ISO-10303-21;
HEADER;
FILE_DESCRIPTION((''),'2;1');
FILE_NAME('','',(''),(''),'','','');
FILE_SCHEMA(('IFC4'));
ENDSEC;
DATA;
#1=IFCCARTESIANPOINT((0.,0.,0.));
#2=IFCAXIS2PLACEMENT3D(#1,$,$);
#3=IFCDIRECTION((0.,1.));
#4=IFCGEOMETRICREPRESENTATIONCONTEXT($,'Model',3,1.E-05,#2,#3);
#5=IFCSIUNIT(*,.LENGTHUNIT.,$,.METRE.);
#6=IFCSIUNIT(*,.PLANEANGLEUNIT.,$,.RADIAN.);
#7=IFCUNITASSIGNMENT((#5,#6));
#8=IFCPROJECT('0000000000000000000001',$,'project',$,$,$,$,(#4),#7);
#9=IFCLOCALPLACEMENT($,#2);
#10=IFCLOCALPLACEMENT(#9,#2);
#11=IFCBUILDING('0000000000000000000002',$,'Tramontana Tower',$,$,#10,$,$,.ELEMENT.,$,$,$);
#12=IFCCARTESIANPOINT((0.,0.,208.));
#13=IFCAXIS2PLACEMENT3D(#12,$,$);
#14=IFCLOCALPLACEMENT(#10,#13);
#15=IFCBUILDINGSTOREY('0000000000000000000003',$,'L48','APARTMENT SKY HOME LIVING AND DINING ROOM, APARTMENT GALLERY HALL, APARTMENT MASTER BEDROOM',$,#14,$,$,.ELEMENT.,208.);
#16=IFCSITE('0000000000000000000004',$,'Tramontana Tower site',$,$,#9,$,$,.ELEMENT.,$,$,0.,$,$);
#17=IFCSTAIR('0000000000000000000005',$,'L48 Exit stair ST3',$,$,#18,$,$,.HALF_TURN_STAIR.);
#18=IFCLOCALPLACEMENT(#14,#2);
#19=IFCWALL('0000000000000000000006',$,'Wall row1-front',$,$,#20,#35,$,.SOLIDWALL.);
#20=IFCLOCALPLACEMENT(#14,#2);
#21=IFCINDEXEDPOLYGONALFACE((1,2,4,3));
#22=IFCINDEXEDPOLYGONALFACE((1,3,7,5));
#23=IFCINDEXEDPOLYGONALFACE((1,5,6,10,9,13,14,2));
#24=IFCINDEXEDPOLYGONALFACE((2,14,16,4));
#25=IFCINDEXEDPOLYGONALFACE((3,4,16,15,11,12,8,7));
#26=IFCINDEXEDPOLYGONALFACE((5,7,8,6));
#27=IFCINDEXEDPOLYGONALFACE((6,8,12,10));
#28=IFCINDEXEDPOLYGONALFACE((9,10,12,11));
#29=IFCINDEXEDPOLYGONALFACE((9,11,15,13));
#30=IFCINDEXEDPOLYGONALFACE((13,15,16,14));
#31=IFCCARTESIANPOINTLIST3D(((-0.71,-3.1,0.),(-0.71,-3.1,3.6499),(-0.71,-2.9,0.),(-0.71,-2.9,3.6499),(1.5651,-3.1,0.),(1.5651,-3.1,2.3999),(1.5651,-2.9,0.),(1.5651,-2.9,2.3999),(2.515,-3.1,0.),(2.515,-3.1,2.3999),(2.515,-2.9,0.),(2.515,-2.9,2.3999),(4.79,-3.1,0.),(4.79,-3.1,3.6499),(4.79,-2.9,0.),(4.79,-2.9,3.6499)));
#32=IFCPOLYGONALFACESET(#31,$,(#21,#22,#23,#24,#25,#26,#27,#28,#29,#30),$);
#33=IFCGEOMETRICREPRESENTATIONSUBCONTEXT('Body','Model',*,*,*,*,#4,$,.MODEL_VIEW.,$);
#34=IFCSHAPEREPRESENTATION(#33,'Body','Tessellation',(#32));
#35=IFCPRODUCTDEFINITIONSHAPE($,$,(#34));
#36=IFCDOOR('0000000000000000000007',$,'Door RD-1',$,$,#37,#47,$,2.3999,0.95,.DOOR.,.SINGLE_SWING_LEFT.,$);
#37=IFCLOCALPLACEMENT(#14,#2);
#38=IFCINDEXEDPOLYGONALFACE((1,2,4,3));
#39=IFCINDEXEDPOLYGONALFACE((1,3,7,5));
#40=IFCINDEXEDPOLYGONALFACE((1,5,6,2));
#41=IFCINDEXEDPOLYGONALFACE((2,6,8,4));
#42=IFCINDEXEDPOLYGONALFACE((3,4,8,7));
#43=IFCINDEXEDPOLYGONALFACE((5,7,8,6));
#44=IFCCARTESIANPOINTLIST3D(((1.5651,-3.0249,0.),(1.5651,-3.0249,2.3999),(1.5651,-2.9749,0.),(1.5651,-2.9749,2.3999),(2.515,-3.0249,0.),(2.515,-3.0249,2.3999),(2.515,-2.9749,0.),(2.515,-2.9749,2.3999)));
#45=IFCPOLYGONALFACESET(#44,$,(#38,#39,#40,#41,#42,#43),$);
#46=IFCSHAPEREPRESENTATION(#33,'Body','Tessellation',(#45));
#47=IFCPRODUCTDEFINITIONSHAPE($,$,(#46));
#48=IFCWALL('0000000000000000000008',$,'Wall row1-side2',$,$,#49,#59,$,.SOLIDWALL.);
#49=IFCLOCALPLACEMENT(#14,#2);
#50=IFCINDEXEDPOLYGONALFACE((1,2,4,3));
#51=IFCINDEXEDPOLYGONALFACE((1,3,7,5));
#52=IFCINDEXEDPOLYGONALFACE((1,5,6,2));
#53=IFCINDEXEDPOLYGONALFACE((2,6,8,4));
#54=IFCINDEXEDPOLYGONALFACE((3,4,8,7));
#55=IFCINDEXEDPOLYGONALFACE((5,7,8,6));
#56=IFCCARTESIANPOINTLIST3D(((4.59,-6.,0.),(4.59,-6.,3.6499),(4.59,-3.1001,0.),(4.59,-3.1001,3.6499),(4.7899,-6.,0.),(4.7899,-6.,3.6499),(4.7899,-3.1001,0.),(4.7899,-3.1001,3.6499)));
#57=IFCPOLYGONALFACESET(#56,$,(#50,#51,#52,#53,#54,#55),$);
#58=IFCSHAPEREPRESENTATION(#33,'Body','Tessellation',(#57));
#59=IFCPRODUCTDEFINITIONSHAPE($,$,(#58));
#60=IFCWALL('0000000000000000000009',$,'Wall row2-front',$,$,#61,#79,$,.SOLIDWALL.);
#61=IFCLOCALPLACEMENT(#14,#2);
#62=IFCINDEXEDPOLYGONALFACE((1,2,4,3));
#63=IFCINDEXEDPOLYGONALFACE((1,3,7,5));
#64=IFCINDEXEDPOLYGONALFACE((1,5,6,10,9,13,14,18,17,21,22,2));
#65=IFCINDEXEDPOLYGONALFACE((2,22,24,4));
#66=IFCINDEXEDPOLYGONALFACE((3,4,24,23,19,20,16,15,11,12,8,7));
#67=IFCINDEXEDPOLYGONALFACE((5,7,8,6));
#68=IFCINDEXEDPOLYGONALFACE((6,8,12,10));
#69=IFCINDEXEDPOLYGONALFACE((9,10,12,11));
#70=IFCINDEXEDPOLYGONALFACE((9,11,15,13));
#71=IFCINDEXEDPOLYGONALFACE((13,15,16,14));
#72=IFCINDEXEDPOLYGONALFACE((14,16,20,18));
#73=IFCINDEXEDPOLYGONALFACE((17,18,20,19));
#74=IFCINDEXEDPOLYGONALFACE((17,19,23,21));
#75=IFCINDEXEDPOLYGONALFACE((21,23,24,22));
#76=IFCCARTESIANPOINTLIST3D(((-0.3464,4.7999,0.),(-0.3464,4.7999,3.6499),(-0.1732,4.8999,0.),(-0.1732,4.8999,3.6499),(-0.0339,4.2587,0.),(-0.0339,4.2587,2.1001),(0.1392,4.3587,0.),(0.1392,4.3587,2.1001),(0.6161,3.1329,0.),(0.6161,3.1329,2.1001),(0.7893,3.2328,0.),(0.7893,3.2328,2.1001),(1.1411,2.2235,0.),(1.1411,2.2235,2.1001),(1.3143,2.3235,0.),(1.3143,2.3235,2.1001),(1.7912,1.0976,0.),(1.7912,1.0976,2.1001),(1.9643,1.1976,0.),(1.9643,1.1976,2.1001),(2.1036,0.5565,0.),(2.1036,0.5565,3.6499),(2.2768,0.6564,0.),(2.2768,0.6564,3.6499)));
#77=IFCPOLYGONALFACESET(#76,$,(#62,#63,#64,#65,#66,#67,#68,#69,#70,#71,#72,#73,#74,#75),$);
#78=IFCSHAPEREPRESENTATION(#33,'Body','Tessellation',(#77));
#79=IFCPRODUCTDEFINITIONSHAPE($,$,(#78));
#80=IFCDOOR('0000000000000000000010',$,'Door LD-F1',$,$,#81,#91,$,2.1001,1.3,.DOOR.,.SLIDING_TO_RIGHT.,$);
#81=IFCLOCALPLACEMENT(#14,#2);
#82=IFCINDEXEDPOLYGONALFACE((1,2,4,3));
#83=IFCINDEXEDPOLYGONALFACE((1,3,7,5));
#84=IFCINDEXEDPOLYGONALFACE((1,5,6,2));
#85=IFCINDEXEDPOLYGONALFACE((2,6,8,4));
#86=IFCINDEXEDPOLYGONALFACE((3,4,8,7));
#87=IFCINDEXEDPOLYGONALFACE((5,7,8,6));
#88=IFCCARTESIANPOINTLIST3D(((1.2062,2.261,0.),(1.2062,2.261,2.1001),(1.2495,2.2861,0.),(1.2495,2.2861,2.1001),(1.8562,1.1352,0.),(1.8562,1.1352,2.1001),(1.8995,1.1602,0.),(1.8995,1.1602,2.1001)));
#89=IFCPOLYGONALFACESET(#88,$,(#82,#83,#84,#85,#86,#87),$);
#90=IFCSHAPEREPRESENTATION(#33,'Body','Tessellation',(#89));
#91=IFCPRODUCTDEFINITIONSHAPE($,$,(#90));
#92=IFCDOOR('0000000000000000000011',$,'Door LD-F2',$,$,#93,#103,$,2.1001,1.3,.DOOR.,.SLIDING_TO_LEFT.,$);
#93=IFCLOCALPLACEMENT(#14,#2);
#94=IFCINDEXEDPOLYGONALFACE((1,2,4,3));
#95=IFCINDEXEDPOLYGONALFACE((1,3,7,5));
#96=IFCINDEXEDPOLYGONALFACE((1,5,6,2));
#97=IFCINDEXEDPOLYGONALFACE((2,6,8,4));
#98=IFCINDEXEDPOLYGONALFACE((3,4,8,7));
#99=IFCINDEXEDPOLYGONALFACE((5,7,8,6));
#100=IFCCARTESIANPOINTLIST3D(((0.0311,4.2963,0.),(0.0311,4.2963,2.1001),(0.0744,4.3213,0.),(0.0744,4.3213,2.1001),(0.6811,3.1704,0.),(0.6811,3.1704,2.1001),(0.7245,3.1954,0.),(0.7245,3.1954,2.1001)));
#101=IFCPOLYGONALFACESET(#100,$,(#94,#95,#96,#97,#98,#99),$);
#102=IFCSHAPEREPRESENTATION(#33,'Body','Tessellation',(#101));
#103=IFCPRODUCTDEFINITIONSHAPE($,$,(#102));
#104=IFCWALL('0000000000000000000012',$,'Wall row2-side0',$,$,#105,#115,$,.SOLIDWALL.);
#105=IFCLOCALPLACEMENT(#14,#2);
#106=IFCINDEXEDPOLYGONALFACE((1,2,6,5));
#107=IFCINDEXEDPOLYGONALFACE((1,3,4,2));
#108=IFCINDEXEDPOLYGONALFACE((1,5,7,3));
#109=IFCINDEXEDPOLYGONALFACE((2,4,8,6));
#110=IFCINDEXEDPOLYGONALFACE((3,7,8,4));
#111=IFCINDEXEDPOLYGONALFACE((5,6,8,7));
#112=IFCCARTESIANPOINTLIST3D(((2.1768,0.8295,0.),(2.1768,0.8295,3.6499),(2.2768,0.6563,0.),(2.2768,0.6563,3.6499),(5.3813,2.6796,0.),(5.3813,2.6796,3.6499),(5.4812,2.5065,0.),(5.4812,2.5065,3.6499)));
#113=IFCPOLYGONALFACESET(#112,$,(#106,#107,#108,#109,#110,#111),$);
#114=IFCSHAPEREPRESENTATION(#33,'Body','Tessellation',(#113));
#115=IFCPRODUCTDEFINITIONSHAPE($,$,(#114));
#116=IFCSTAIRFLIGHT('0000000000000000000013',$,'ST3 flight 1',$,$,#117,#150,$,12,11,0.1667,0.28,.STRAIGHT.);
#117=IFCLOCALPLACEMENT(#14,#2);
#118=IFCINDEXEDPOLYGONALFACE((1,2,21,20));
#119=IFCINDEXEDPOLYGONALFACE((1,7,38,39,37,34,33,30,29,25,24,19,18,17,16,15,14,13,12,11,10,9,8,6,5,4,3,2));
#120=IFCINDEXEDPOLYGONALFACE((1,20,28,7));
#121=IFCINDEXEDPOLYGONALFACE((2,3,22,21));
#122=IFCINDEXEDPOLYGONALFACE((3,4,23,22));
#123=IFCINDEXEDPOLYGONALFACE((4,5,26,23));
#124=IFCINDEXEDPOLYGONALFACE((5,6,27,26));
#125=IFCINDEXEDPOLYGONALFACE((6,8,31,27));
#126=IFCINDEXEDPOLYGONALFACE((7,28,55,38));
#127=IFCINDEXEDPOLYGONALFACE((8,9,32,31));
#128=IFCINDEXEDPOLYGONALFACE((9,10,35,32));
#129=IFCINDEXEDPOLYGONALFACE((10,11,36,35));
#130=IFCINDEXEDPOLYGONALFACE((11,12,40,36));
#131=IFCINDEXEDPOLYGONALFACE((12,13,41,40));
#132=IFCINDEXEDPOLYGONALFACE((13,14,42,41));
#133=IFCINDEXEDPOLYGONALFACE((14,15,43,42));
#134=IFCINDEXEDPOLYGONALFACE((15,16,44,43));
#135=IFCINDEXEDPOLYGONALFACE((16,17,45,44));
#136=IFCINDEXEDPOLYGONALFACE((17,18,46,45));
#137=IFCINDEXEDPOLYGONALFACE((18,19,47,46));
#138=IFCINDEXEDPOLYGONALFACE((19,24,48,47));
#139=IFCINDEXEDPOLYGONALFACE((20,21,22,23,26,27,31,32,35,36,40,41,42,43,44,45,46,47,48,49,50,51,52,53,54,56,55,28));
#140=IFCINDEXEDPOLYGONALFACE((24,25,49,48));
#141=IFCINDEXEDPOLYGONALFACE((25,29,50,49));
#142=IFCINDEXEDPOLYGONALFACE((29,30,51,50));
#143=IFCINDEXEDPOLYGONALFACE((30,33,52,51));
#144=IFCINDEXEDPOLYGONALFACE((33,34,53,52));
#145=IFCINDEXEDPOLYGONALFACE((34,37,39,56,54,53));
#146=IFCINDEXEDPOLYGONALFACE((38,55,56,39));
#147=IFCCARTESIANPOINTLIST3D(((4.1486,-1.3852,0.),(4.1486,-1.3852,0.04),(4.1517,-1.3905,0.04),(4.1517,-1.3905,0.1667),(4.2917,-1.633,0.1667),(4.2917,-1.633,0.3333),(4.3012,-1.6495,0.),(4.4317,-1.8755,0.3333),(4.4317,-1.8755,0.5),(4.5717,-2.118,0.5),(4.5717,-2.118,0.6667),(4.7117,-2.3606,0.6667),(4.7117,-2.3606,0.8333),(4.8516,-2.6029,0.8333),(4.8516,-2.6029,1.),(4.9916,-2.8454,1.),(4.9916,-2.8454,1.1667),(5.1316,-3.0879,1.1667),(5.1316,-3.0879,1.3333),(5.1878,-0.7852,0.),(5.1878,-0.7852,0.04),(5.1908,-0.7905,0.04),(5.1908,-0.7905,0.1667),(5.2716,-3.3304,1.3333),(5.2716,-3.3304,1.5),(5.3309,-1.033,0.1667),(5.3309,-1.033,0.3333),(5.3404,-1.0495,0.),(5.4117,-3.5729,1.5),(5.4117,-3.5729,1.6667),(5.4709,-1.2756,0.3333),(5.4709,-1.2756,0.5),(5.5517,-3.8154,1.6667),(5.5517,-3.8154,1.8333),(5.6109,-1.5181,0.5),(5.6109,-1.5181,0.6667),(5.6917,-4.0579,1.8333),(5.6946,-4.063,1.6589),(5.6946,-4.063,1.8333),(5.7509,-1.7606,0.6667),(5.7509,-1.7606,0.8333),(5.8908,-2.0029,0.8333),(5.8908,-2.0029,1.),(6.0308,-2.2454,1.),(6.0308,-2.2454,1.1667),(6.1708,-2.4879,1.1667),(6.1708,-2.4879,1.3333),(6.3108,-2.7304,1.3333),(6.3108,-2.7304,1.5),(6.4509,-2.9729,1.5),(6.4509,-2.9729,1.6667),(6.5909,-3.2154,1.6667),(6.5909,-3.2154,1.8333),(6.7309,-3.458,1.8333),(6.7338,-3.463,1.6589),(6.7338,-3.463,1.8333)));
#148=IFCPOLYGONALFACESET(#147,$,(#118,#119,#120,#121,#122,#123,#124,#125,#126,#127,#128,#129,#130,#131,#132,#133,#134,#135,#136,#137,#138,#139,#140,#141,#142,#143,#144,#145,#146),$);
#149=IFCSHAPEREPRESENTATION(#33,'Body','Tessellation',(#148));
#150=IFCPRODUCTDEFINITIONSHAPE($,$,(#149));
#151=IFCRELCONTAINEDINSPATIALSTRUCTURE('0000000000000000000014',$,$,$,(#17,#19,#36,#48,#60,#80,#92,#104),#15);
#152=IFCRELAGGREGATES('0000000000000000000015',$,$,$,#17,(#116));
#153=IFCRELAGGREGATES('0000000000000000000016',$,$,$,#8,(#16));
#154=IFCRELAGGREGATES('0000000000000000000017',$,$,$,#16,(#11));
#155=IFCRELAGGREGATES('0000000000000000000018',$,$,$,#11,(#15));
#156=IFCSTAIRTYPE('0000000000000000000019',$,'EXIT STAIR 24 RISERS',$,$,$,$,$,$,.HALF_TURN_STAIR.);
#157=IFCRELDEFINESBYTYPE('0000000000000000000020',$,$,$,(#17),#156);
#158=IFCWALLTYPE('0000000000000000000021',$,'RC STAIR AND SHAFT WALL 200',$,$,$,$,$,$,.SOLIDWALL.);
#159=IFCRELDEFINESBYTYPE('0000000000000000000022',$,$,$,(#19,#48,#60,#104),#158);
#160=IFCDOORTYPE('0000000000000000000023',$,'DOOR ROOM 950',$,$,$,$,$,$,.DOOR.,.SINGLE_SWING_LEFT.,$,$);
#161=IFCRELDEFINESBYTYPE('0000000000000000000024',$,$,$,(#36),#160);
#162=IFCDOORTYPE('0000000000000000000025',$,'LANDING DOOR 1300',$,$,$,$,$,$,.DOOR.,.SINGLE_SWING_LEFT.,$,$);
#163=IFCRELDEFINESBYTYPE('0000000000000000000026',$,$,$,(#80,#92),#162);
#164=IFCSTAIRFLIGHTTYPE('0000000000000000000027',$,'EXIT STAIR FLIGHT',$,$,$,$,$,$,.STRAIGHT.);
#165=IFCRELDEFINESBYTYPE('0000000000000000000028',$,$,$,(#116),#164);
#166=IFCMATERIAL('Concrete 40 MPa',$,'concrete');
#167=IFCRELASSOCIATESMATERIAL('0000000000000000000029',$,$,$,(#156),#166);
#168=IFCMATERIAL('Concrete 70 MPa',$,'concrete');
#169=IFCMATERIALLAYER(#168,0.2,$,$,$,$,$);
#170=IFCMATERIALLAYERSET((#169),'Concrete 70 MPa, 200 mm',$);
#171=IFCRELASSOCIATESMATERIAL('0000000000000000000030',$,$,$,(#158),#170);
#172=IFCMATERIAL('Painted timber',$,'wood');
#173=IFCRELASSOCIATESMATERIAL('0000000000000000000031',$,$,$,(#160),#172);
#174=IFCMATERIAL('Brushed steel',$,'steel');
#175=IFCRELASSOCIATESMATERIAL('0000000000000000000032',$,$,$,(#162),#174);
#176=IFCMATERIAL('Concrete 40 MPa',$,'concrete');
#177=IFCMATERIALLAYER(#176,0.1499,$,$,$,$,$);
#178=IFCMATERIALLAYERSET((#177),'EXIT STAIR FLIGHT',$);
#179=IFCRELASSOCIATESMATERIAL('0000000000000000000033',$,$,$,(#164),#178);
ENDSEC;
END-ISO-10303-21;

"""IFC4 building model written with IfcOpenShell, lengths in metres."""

from ifc_helpers import new_model, si_unit, direction, frame, frame_2d, origin, place, context, subcontext, project, spatial, polyline, rectangle, outline, extrude, material, layer, layer_set, type_object, element, fill, aggregate, save


model = new_model("IFC4")

# Units and contexts
model_context = context("Model", 3, precision=1e-05, world=origin(), true_north=direction((0.0, 1.0)))
body_context = subcontext(model_context, "Body", "Model", "MODEL_VIEW")
ifc_project = project(units=[si_unit("LENGTHUNIT", "METRE"), si_unit("PLANEANGLEUNIT", "RADIAN")], contexts=[model_context])

# Site, building, storey
site_placement = place(None, origin())
site = spatial("IfcSite", under=ifc_project, at=site_placement, Name="Tramontana Tower site", CompositionType="ELEMENT", RefElevation=0.0)
building_placement = place(site_placement, origin())
building = spatial("IfcBuilding", under=site, at=building_placement, Name="Tramontana Tower", CompositionType="ELEMENT")
storey_placement = place(building_placement, frame((0.0, 0.0, 208.0)))
storey = spatial("IfcBuildingStorey", under=building, at=storey_placement, Name="L48", Description="APARTMENT SKY HOME LIVING AND DINING ROOM, APARTMENT GALLERY HALL, APARTMENT MASTER BEDROOM", CompositionType="ELEMENT", Elevation=208.0)

# Stair
ifc_material_1 = material(Name="Concrete 40 MPa", Category="concrete")
stair_type = type_object("IfcStairType", Name="EXIT STAIR 24 RISERS", PredefinedType="HALF_TURN_STAIR", material=ifc_material_1)
stair_1_placement = place(storey_placement, origin())
stair_1 = element("IfcStair", 1, at=stair_1_placement, inside=storey, type_object=stair_type, Name="L48 Exit stair ST3", PredefinedType="HALF_TURN_STAIR")

# Shared definitions
ifc_material_2 = material(Name="Concrete 70 MPa", Category="concrete")
ifc_layer_1 = layer(ifc_material_2, 0.2)
ifc_layer_set_1 = layer_set([ifc_layer_1], Name="Concrete 70 MPa, 200 mm")
wall_type = type_object("IfcWallType", Name="RC STAIR AND SHAFT WALL 200", PredefinedType="SOLIDWALL", material=ifc_layer_set_1)

# Wall, opening, door
wall_1_placement = place(storey_placement, frame((4.79, -3.0, 0.0), z_axis=(0.0, 0.0, 1.0), x_axis=(-1.0, 0.0, 0.0)))
wall_1 = element("IfcWall", 2, at=wall_1_placement, inside=storey, type_object=wall_type, Name="Wall row1-front", PredefinedType="SOLIDWALL", context=body_context, shape_type="SweptSolid", body=[
    extrude(rectangle(XDim=5.5, YDim=0.2, at=frame_2d((2.75, 0.0))), origin(), (0.0, 0.0, 1.0), 3.6499),
])
opening_1_placement = place(wall_1_placement, frame((2.2749, 0.0, 0.0)))
opening_1 = element("IfcOpeningElement", 3, at=opening_1_placement, cuts=wall_1, PredefinedType="OPENING", context=body_context, shape_type="SweptSolid", body=[
    extrude(rectangle(XDim=0.95, YDim=2.3999, at=frame_2d((0.4751, 1.2))), frame((0.0, 0.1099, 0.0), z_axis=(0.0, -1.0, 0.0), x_axis=(1.0, 0.0, 0.0)), (0.0, 0.0, 1.0), 0.22),
])
ifc_material_3 = material(Name="Painted timber", Category="wood")
door_type_1 = type_object("IfcDoorType", Name="DOOR ROOM 950", OperationType="SINGLE_SWING_LEFT", PredefinedType="DOOR", material=ifc_material_3)
door_1_placement = place(opening_1_placement, origin())
door_1 = element("IfcDoor", 4, at=door_1_placement, inside=storey, type_object=door_type_1, Name="Door RD-1", OperationType="SINGLE_SWING_LEFT", OverallHeight=2.3999, OverallWidth=0.95, PredefinedType="DOOR", context=body_context, shape_type="SweptSolid", body=[
    extrude(rectangle(XDim=0.95, YDim=2.3999, at=frame_2d((0.4751, 1.2))), frame((0.0, 0.0249, 0.0), z_axis=(0.0, -1.0, 0.0), x_axis=(1.0, 0.0, 0.0)), (0.0, 0.0, 1.0), 0.05),
])
fill(opening_1, door_1)

# Wall
wall_2_placement = place(storey_placement, frame((4.6899, -3.1001, 0.0), z_axis=(0.0, 0.0, 1.0), x_axis=(0.0, -1.0, 0.0)))
element("IfcWall", 5, at=wall_2_placement, inside=storey, type_object=wall_type, Name="Wall row1-side2", PredefinedType="SOLIDWALL", context=body_context, shape_type="SweptSolid", body=[
    extrude(rectangle(XDim=2.8999, YDim=0.2, at=frame_2d((1.45, 0.0))), origin(), (0.0, 0.0, 1.0), 3.6499),
])

# Wall, openings, doors
wall_3_placement = place(storey_placement, frame((2.1902, 0.6064, 0.0), z_axis=(0.0, 0.0, 1.0), x_axis=(-0.500003, 0.866024, 0.0)))
wall_3 = element("IfcWall", 6, at=wall_3_placement, inside=storey, type_object=wall_type, Name="Wall row2-front", PredefinedType="SOLIDWALL", context=body_context, shape_type="SweptSolid", body=[
    extrude(rectangle(XDim=4.8999, YDim=0.2, at=frame_2d((2.45, 0.0))), origin(), (0.0, 0.0, 1.0), 3.6499),
])
opening_2_placement = place(wall_3_placement, frame((0.625, 0.0, 0.0)))
opening_2 = element("IfcOpeningElement", 7, at=opening_2_placement, cuts=wall_3, PredefinedType="OPENING", context=body_context, shape_type="SweptSolid", body=[
    extrude(rectangle(XDim=1.3, YDim=2.1001, at=frame_2d((0.6499, 1.05))), frame((0.0, 0.1099, 0.0), z_axis=(0.0, -1.0, 0.0), x_axis=(1.0, 0.0, 0.0)), (0.0, 0.0, 1.0), 0.22),
])
opening_3_placement = place(wall_3_placement, frame((2.9751, 0.0, 0.0)))
opening_3 = element("IfcOpeningElement", 8, at=opening_3_placement, cuts=wall_3, PredefinedType="OPENING", context=body_context, shape_type="SweptSolid", body=[
    extrude(rectangle(XDim=1.3, YDim=2.1001, at=frame_2d((0.6499, 1.05))), frame((0.0, 0.1099, 0.0), z_axis=(0.0, -1.0, 0.0), x_axis=(1.0, 0.0, 0.0)), (0.0, 0.0, 1.0), 0.22),
])
ifc_material_4 = material(Name="Brushed steel", Category="steel")
door_type_2 = type_object("IfcDoorType", Name="LANDING DOOR 1300", OperationType="SINGLE_SWING_LEFT", PredefinedType="DOOR", material=ifc_material_4)
door_2_placement = place(opening_2_placement, origin())
door_2 = element("IfcDoor", 9, at=door_2_placement, inside=storey, type_object=door_type_2, Name="Door LD-F1", OperationType="SLIDING_TO_RIGHT", OverallHeight=2.1001, OverallWidth=1.3, PredefinedType="DOOR", context=body_context, shape_type="SweptSolid", body=[
    extrude(rectangle(XDim=1.3, YDim=2.1001, at=frame_2d((0.6499, 1.05))), frame((0.0, 0.0249, 0.0), z_axis=(0.0, -1.0, 0.0), x_axis=(1.0, 0.0, 0.0)), (0.0, 0.0, 1.0), 0.05),
])
fill(opening_2, door_2)
door_3_placement = place(opening_3_placement, origin())
door_3 = element("IfcDoor", 10, at=door_3_placement, inside=storey, type_object=door_type_2, Name="Door LD-F2", OperationType="SLIDING_TO_LEFT", OverallHeight=2.1001, OverallWidth=1.3, PredefinedType="DOOR", context=body_context, shape_type="SweptSolid", body=[
    extrude(rectangle(XDim=1.3, YDim=2.1001, at=frame_2d((0.6499, 1.05))), frame((0.0, 0.0249, 0.0), z_axis=(0.0, -1.0, 0.0), x_axis=(1.0, 0.0, 0.0)), (0.0, 0.0, 1.0), 0.05),
])
fill(opening_3, door_3)

# Wall
wall_4_placement = place(storey_placement, frame((2.2268, 0.7429, 0.0), z_axis=(0.0, 0.0, 1.0), x_axis=(0.866017, 0.500014, 0.0)))
element("IfcWall", 11, at=wall_4_placement, inside=storey, type_object=wall_type, Name="Wall row2-side0", PredefinedType="SOLIDWALL", context=body_context, shape_type="SweptSolid", body=[
    extrude(rectangle(XDim=3.7002, YDim=0.2, at=frame_2d((1.8501, 0.0))), origin(), (0.0, 0.0, 1.0), 3.6499),
])

# Stair flight
ifc_material_5 = material(Name="Concrete 40 MPa", Category="concrete")
ifc_layer_2 = layer(ifc_material_5, 0.1499)
ifc_layer_set_2 = layer_set([ifc_layer_2], Name="EXIT STAIR FLIGHT")
stair_flight_type = type_object("IfcStairFlightType", Name="EXIT STAIR FLIGHT", PredefinedType="STRAIGHT", material=ifc_layer_set_2)
stair_flight_placement = place(storey_placement, frame((4.6711, -1.0906, 0.0), z_axis=(0.0, 0.0, 1.0), x_axis=(0.5, -0.866025, 0.0)))
stair_flight = element("IfcStairFlight", 12, at=stair_flight_placement, type_object=stair_flight_type, Name="ST3 flight 1", NumberOfRisers=12, NumberOfTreads=11, PredefinedType="STRAIGHT", RiserHeight=0.1667, TreadLength=0.28, context=body_context, shape_type="SweptSolid", body=[
    extrude(outline(polyline([(-0.0061, 0.0), (-0.0061, 0.04), (0.0, 0.04), (0.0, 0.1667), (0.28, 0.1667), (0.28, 0.3333), (0.5601, 0.3333), (0.5601, 0.5), (0.8401, 0.5), (0.8401, 0.6667), (1.1201, 0.6667), (1.1201, 0.8333), (1.3999, 0.8333), (1.3999, 1.0), (1.6799, 1.0), (1.6799, 1.1667), (1.96, 1.1667), (1.96, 1.3333), (2.24, 1.3333), (2.24, 1.5), (2.52, 1.5), (2.52, 1.6667), (2.8, 1.6667), (2.8, 1.8333), (3.0801, 1.8333), (3.0859, 1.8333), (3.0859, 1.6589), (0.2991, 0.0), (-0.0061, 0.0)])), frame((0.0, 0.6001, 0.0), z_axis=(0.0, -1.0, 0.0), x_axis=(1.0, 0.0, 0.0)), (0.0, 0.0, 1.0), 1.2),
])
aggregate(stair_1, [stair_flight])

save(model, "model.ifc")
